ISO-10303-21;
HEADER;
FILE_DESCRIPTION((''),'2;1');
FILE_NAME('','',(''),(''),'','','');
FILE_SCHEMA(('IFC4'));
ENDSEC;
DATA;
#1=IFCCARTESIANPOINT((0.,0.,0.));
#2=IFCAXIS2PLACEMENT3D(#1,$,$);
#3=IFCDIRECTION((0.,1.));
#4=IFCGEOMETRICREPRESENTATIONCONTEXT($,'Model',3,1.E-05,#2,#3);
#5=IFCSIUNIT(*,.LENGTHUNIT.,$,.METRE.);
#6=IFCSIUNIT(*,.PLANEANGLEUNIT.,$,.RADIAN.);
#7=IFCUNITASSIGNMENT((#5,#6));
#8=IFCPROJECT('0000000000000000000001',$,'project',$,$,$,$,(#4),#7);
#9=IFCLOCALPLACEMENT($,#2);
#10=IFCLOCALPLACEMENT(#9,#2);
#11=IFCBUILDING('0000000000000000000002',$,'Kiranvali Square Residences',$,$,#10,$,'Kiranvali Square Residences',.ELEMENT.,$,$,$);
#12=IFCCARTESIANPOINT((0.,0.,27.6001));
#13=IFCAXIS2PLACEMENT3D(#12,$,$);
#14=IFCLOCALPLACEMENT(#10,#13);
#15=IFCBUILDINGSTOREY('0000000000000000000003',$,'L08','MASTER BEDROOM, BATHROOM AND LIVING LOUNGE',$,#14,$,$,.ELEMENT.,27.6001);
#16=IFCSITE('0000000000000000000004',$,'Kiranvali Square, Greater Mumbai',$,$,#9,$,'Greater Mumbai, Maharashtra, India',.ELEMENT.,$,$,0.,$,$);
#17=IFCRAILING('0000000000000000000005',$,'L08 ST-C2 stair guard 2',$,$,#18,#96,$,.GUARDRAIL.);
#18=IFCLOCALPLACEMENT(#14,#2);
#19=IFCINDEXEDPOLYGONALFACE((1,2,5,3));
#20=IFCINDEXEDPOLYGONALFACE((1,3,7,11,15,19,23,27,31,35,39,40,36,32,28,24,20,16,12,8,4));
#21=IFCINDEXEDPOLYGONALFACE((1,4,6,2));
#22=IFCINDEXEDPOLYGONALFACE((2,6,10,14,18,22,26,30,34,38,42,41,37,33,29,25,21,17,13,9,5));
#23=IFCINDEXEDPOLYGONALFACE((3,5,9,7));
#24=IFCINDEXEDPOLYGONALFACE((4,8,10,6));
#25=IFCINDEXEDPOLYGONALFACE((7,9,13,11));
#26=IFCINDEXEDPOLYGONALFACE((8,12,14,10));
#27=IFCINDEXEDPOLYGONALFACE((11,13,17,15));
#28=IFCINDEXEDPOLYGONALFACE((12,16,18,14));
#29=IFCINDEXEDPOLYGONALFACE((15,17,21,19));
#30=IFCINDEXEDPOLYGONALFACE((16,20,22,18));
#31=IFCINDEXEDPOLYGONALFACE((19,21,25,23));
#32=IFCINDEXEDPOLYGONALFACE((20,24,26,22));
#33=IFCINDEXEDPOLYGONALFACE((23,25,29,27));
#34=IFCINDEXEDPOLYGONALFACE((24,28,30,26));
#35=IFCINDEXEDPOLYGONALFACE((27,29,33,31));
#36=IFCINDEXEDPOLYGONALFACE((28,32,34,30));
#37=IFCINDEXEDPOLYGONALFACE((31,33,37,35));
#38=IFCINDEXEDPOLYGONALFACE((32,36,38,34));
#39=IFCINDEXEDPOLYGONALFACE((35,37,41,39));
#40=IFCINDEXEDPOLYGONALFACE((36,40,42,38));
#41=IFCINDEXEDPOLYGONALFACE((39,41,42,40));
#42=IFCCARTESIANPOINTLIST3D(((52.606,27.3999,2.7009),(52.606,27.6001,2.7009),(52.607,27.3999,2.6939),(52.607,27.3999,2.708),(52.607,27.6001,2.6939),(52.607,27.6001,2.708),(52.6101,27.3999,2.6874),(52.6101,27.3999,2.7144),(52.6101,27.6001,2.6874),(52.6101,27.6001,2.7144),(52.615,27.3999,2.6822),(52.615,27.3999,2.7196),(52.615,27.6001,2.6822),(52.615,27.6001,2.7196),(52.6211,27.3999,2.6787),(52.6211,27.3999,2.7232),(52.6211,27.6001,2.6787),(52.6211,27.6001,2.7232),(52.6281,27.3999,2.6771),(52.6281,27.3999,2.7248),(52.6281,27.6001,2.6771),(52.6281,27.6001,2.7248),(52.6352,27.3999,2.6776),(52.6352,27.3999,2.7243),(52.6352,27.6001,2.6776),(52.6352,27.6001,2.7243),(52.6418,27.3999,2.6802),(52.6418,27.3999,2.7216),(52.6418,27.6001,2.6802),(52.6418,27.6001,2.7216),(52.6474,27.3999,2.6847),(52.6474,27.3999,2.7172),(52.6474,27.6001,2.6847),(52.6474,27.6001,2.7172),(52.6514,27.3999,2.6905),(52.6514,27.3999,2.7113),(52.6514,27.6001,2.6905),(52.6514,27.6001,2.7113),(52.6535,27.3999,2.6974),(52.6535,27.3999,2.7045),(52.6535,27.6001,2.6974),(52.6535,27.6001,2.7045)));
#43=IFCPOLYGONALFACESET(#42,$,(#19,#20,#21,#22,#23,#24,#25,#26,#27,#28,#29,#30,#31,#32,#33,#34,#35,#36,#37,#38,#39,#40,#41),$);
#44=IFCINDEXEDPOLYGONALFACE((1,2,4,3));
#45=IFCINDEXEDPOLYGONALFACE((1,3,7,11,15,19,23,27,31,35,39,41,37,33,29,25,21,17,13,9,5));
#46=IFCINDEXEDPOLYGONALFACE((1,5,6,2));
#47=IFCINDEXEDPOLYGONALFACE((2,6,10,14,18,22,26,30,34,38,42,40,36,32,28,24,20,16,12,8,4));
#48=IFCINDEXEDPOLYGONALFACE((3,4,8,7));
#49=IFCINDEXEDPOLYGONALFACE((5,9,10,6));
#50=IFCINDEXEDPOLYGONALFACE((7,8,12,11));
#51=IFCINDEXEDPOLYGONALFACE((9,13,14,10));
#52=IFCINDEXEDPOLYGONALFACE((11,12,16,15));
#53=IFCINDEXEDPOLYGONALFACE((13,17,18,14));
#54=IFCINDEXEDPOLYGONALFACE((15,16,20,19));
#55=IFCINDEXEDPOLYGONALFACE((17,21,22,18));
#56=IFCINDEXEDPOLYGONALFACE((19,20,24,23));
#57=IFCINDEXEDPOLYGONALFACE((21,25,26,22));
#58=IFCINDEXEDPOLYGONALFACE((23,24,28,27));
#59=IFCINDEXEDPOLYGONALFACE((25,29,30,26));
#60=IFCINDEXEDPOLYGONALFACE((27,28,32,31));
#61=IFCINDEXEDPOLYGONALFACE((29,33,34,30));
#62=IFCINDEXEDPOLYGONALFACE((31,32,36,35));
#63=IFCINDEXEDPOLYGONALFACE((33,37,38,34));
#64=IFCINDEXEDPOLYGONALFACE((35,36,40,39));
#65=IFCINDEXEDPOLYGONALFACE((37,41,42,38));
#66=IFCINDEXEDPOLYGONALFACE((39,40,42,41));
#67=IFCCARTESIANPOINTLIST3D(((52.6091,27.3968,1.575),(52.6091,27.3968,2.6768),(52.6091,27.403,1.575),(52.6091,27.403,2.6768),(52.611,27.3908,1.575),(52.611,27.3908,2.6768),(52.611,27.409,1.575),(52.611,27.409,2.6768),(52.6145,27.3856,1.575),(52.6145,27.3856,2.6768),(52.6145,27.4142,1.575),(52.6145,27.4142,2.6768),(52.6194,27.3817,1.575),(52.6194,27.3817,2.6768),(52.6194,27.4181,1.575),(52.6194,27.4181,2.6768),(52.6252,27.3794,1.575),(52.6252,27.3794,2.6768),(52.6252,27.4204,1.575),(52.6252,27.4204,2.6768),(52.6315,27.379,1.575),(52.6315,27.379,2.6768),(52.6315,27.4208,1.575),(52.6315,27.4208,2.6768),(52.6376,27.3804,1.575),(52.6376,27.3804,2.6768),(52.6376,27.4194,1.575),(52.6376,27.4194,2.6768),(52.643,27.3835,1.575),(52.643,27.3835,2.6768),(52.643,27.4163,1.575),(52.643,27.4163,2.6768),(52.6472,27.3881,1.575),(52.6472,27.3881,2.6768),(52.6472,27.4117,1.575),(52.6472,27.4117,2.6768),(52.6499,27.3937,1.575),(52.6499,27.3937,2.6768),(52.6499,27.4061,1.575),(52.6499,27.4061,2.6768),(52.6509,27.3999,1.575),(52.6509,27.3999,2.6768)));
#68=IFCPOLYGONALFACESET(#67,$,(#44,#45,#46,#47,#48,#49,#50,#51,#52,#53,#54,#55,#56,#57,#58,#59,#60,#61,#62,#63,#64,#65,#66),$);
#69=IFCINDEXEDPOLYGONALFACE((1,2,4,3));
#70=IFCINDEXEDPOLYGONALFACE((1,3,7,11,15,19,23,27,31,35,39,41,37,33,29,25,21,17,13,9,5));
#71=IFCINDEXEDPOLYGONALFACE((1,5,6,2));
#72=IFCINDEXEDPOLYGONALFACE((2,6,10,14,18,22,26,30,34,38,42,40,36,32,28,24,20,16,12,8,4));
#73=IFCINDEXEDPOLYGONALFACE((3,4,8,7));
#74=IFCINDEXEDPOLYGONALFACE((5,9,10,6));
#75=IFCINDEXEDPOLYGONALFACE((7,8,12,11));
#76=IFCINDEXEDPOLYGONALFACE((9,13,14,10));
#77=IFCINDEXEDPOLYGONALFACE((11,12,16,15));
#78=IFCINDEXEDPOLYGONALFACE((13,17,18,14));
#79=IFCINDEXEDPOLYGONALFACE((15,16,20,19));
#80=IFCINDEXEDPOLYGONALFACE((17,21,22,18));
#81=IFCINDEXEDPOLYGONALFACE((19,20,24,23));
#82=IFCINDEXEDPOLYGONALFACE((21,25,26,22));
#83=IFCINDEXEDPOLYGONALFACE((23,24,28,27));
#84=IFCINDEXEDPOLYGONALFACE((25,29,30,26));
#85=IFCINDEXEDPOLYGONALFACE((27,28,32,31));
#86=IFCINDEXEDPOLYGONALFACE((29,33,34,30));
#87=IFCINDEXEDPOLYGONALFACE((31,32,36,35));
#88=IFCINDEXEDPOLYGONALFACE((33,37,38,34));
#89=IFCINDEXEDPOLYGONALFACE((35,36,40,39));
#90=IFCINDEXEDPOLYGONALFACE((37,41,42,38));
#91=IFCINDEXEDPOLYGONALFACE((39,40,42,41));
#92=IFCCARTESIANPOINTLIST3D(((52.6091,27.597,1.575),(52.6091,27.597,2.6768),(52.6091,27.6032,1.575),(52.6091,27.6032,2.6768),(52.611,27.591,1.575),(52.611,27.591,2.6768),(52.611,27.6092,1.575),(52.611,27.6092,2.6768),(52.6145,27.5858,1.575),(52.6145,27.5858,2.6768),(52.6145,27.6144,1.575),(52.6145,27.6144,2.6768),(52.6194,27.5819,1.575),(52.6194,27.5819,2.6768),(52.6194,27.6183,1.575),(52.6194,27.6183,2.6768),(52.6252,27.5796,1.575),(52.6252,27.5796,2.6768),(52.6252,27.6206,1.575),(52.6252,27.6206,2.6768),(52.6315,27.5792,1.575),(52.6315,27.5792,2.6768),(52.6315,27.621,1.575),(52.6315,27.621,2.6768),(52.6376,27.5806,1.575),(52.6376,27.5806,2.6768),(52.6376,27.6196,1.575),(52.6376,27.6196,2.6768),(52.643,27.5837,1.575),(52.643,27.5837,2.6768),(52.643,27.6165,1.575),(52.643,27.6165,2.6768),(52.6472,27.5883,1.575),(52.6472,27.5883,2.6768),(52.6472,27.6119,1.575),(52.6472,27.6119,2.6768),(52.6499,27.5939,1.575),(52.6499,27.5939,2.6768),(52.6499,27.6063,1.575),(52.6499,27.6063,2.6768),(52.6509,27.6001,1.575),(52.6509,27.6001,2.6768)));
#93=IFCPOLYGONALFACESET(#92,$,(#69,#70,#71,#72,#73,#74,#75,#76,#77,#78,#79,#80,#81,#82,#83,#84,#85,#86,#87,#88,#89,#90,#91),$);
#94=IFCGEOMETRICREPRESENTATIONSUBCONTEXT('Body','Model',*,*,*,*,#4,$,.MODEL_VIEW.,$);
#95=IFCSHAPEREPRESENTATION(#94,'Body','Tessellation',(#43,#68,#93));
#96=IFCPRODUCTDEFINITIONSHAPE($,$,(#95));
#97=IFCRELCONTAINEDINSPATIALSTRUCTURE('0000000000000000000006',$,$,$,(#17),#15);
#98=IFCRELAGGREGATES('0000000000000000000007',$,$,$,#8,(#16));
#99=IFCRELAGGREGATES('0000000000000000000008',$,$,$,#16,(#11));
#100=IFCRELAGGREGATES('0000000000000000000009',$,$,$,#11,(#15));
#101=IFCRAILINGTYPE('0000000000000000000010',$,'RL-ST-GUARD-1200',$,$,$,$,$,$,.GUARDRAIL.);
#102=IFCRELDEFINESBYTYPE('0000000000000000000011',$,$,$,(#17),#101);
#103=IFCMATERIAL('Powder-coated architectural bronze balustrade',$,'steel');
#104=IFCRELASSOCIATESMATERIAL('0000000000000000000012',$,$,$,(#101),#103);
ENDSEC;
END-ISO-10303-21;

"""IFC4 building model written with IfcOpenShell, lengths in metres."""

from ifc_helpers import new_model, si_unit, direction, frame, origin, origin_2d, place, context, subcontext, project, spatial, circle, extrude, material, type_object, element, save


model = new_model("IFC4")

# Units and contexts
model_context = context("Model", 3, precision=1e-05, world=origin(), true_north=direction((0.0, 1.0)))
body_context = subcontext(model_context, "Body", "Model", "MODEL_VIEW")
ifc_project = project(units=[si_unit("LENGTHUNIT", "METRE"), si_unit("PLANEANGLEUNIT", "RADIAN")], contexts=[model_context])

# Site, building, storey
site_placement = place(None, origin())
site = spatial("IfcSite", under=ifc_project, at=site_placement, Name="Kiranvali Square, Greater Mumbai", LongName="Greater Mumbai, Maharashtra, India", CompositionType="ELEMENT", RefElevation=0.0)
building_placement = place(site_placement, origin())
building = spatial("IfcBuilding", under=site, at=building_placement, Name="Kiranvali Square Residences", LongName="Kiranvali Square Residences", CompositionType="ELEMENT")
storey_placement = place(building_placement, frame((0.0, 0.0, 27.6001)))
storey = spatial("IfcBuildingStorey", under=building, at=storey_placement, Name="L08", Description="MASTER BEDROOM, BATHROOM AND LIVING LOUNGE", CompositionType="ELEMENT", Elevation=27.6001)

# Railing
ifc_material_1 = material(Name="Powder-coated architectural bronze balustrade", Category="steel")
railing_type_1 = type_object("IfcRailingType", Name="RL-ST-GUARD-1200", PredefinedType="GUARDRAIL", material=ifc_material_1)
railing_1_placement = place(storey_placement, frame((52.6299, 27.3999, 1.575)))
element("IfcRailing", 1, at=railing_1_placement, inside=storey, type_object=railing_type_1, Name="L08 ST-C2 stair guard 2", PredefinedType="GUARDRAIL", context=body_context, shape_type="SweptSolid", body=[
    extrude(circle(Radius=0.0239, at=origin_2d()), frame((0.0, 0.0, 1.126), z_axis=(0.0, 1.0, 0.0), x_axis=(-1.0, 0.0, 0.0)), (0.0, 0.0, 1.0), 0.2002),
    extrude(circle(Radius=0.021, at=origin_2d()), origin(), (0.0, 0.0, 1.0), 1.1018),
    extrude(circle(Radius=0.021, at=origin_2d()), frame((0.0, 0.2002, 0.0)), (0.0, 0.0, 1.0), 1.1018),
])

save(model, "model.ifc")
